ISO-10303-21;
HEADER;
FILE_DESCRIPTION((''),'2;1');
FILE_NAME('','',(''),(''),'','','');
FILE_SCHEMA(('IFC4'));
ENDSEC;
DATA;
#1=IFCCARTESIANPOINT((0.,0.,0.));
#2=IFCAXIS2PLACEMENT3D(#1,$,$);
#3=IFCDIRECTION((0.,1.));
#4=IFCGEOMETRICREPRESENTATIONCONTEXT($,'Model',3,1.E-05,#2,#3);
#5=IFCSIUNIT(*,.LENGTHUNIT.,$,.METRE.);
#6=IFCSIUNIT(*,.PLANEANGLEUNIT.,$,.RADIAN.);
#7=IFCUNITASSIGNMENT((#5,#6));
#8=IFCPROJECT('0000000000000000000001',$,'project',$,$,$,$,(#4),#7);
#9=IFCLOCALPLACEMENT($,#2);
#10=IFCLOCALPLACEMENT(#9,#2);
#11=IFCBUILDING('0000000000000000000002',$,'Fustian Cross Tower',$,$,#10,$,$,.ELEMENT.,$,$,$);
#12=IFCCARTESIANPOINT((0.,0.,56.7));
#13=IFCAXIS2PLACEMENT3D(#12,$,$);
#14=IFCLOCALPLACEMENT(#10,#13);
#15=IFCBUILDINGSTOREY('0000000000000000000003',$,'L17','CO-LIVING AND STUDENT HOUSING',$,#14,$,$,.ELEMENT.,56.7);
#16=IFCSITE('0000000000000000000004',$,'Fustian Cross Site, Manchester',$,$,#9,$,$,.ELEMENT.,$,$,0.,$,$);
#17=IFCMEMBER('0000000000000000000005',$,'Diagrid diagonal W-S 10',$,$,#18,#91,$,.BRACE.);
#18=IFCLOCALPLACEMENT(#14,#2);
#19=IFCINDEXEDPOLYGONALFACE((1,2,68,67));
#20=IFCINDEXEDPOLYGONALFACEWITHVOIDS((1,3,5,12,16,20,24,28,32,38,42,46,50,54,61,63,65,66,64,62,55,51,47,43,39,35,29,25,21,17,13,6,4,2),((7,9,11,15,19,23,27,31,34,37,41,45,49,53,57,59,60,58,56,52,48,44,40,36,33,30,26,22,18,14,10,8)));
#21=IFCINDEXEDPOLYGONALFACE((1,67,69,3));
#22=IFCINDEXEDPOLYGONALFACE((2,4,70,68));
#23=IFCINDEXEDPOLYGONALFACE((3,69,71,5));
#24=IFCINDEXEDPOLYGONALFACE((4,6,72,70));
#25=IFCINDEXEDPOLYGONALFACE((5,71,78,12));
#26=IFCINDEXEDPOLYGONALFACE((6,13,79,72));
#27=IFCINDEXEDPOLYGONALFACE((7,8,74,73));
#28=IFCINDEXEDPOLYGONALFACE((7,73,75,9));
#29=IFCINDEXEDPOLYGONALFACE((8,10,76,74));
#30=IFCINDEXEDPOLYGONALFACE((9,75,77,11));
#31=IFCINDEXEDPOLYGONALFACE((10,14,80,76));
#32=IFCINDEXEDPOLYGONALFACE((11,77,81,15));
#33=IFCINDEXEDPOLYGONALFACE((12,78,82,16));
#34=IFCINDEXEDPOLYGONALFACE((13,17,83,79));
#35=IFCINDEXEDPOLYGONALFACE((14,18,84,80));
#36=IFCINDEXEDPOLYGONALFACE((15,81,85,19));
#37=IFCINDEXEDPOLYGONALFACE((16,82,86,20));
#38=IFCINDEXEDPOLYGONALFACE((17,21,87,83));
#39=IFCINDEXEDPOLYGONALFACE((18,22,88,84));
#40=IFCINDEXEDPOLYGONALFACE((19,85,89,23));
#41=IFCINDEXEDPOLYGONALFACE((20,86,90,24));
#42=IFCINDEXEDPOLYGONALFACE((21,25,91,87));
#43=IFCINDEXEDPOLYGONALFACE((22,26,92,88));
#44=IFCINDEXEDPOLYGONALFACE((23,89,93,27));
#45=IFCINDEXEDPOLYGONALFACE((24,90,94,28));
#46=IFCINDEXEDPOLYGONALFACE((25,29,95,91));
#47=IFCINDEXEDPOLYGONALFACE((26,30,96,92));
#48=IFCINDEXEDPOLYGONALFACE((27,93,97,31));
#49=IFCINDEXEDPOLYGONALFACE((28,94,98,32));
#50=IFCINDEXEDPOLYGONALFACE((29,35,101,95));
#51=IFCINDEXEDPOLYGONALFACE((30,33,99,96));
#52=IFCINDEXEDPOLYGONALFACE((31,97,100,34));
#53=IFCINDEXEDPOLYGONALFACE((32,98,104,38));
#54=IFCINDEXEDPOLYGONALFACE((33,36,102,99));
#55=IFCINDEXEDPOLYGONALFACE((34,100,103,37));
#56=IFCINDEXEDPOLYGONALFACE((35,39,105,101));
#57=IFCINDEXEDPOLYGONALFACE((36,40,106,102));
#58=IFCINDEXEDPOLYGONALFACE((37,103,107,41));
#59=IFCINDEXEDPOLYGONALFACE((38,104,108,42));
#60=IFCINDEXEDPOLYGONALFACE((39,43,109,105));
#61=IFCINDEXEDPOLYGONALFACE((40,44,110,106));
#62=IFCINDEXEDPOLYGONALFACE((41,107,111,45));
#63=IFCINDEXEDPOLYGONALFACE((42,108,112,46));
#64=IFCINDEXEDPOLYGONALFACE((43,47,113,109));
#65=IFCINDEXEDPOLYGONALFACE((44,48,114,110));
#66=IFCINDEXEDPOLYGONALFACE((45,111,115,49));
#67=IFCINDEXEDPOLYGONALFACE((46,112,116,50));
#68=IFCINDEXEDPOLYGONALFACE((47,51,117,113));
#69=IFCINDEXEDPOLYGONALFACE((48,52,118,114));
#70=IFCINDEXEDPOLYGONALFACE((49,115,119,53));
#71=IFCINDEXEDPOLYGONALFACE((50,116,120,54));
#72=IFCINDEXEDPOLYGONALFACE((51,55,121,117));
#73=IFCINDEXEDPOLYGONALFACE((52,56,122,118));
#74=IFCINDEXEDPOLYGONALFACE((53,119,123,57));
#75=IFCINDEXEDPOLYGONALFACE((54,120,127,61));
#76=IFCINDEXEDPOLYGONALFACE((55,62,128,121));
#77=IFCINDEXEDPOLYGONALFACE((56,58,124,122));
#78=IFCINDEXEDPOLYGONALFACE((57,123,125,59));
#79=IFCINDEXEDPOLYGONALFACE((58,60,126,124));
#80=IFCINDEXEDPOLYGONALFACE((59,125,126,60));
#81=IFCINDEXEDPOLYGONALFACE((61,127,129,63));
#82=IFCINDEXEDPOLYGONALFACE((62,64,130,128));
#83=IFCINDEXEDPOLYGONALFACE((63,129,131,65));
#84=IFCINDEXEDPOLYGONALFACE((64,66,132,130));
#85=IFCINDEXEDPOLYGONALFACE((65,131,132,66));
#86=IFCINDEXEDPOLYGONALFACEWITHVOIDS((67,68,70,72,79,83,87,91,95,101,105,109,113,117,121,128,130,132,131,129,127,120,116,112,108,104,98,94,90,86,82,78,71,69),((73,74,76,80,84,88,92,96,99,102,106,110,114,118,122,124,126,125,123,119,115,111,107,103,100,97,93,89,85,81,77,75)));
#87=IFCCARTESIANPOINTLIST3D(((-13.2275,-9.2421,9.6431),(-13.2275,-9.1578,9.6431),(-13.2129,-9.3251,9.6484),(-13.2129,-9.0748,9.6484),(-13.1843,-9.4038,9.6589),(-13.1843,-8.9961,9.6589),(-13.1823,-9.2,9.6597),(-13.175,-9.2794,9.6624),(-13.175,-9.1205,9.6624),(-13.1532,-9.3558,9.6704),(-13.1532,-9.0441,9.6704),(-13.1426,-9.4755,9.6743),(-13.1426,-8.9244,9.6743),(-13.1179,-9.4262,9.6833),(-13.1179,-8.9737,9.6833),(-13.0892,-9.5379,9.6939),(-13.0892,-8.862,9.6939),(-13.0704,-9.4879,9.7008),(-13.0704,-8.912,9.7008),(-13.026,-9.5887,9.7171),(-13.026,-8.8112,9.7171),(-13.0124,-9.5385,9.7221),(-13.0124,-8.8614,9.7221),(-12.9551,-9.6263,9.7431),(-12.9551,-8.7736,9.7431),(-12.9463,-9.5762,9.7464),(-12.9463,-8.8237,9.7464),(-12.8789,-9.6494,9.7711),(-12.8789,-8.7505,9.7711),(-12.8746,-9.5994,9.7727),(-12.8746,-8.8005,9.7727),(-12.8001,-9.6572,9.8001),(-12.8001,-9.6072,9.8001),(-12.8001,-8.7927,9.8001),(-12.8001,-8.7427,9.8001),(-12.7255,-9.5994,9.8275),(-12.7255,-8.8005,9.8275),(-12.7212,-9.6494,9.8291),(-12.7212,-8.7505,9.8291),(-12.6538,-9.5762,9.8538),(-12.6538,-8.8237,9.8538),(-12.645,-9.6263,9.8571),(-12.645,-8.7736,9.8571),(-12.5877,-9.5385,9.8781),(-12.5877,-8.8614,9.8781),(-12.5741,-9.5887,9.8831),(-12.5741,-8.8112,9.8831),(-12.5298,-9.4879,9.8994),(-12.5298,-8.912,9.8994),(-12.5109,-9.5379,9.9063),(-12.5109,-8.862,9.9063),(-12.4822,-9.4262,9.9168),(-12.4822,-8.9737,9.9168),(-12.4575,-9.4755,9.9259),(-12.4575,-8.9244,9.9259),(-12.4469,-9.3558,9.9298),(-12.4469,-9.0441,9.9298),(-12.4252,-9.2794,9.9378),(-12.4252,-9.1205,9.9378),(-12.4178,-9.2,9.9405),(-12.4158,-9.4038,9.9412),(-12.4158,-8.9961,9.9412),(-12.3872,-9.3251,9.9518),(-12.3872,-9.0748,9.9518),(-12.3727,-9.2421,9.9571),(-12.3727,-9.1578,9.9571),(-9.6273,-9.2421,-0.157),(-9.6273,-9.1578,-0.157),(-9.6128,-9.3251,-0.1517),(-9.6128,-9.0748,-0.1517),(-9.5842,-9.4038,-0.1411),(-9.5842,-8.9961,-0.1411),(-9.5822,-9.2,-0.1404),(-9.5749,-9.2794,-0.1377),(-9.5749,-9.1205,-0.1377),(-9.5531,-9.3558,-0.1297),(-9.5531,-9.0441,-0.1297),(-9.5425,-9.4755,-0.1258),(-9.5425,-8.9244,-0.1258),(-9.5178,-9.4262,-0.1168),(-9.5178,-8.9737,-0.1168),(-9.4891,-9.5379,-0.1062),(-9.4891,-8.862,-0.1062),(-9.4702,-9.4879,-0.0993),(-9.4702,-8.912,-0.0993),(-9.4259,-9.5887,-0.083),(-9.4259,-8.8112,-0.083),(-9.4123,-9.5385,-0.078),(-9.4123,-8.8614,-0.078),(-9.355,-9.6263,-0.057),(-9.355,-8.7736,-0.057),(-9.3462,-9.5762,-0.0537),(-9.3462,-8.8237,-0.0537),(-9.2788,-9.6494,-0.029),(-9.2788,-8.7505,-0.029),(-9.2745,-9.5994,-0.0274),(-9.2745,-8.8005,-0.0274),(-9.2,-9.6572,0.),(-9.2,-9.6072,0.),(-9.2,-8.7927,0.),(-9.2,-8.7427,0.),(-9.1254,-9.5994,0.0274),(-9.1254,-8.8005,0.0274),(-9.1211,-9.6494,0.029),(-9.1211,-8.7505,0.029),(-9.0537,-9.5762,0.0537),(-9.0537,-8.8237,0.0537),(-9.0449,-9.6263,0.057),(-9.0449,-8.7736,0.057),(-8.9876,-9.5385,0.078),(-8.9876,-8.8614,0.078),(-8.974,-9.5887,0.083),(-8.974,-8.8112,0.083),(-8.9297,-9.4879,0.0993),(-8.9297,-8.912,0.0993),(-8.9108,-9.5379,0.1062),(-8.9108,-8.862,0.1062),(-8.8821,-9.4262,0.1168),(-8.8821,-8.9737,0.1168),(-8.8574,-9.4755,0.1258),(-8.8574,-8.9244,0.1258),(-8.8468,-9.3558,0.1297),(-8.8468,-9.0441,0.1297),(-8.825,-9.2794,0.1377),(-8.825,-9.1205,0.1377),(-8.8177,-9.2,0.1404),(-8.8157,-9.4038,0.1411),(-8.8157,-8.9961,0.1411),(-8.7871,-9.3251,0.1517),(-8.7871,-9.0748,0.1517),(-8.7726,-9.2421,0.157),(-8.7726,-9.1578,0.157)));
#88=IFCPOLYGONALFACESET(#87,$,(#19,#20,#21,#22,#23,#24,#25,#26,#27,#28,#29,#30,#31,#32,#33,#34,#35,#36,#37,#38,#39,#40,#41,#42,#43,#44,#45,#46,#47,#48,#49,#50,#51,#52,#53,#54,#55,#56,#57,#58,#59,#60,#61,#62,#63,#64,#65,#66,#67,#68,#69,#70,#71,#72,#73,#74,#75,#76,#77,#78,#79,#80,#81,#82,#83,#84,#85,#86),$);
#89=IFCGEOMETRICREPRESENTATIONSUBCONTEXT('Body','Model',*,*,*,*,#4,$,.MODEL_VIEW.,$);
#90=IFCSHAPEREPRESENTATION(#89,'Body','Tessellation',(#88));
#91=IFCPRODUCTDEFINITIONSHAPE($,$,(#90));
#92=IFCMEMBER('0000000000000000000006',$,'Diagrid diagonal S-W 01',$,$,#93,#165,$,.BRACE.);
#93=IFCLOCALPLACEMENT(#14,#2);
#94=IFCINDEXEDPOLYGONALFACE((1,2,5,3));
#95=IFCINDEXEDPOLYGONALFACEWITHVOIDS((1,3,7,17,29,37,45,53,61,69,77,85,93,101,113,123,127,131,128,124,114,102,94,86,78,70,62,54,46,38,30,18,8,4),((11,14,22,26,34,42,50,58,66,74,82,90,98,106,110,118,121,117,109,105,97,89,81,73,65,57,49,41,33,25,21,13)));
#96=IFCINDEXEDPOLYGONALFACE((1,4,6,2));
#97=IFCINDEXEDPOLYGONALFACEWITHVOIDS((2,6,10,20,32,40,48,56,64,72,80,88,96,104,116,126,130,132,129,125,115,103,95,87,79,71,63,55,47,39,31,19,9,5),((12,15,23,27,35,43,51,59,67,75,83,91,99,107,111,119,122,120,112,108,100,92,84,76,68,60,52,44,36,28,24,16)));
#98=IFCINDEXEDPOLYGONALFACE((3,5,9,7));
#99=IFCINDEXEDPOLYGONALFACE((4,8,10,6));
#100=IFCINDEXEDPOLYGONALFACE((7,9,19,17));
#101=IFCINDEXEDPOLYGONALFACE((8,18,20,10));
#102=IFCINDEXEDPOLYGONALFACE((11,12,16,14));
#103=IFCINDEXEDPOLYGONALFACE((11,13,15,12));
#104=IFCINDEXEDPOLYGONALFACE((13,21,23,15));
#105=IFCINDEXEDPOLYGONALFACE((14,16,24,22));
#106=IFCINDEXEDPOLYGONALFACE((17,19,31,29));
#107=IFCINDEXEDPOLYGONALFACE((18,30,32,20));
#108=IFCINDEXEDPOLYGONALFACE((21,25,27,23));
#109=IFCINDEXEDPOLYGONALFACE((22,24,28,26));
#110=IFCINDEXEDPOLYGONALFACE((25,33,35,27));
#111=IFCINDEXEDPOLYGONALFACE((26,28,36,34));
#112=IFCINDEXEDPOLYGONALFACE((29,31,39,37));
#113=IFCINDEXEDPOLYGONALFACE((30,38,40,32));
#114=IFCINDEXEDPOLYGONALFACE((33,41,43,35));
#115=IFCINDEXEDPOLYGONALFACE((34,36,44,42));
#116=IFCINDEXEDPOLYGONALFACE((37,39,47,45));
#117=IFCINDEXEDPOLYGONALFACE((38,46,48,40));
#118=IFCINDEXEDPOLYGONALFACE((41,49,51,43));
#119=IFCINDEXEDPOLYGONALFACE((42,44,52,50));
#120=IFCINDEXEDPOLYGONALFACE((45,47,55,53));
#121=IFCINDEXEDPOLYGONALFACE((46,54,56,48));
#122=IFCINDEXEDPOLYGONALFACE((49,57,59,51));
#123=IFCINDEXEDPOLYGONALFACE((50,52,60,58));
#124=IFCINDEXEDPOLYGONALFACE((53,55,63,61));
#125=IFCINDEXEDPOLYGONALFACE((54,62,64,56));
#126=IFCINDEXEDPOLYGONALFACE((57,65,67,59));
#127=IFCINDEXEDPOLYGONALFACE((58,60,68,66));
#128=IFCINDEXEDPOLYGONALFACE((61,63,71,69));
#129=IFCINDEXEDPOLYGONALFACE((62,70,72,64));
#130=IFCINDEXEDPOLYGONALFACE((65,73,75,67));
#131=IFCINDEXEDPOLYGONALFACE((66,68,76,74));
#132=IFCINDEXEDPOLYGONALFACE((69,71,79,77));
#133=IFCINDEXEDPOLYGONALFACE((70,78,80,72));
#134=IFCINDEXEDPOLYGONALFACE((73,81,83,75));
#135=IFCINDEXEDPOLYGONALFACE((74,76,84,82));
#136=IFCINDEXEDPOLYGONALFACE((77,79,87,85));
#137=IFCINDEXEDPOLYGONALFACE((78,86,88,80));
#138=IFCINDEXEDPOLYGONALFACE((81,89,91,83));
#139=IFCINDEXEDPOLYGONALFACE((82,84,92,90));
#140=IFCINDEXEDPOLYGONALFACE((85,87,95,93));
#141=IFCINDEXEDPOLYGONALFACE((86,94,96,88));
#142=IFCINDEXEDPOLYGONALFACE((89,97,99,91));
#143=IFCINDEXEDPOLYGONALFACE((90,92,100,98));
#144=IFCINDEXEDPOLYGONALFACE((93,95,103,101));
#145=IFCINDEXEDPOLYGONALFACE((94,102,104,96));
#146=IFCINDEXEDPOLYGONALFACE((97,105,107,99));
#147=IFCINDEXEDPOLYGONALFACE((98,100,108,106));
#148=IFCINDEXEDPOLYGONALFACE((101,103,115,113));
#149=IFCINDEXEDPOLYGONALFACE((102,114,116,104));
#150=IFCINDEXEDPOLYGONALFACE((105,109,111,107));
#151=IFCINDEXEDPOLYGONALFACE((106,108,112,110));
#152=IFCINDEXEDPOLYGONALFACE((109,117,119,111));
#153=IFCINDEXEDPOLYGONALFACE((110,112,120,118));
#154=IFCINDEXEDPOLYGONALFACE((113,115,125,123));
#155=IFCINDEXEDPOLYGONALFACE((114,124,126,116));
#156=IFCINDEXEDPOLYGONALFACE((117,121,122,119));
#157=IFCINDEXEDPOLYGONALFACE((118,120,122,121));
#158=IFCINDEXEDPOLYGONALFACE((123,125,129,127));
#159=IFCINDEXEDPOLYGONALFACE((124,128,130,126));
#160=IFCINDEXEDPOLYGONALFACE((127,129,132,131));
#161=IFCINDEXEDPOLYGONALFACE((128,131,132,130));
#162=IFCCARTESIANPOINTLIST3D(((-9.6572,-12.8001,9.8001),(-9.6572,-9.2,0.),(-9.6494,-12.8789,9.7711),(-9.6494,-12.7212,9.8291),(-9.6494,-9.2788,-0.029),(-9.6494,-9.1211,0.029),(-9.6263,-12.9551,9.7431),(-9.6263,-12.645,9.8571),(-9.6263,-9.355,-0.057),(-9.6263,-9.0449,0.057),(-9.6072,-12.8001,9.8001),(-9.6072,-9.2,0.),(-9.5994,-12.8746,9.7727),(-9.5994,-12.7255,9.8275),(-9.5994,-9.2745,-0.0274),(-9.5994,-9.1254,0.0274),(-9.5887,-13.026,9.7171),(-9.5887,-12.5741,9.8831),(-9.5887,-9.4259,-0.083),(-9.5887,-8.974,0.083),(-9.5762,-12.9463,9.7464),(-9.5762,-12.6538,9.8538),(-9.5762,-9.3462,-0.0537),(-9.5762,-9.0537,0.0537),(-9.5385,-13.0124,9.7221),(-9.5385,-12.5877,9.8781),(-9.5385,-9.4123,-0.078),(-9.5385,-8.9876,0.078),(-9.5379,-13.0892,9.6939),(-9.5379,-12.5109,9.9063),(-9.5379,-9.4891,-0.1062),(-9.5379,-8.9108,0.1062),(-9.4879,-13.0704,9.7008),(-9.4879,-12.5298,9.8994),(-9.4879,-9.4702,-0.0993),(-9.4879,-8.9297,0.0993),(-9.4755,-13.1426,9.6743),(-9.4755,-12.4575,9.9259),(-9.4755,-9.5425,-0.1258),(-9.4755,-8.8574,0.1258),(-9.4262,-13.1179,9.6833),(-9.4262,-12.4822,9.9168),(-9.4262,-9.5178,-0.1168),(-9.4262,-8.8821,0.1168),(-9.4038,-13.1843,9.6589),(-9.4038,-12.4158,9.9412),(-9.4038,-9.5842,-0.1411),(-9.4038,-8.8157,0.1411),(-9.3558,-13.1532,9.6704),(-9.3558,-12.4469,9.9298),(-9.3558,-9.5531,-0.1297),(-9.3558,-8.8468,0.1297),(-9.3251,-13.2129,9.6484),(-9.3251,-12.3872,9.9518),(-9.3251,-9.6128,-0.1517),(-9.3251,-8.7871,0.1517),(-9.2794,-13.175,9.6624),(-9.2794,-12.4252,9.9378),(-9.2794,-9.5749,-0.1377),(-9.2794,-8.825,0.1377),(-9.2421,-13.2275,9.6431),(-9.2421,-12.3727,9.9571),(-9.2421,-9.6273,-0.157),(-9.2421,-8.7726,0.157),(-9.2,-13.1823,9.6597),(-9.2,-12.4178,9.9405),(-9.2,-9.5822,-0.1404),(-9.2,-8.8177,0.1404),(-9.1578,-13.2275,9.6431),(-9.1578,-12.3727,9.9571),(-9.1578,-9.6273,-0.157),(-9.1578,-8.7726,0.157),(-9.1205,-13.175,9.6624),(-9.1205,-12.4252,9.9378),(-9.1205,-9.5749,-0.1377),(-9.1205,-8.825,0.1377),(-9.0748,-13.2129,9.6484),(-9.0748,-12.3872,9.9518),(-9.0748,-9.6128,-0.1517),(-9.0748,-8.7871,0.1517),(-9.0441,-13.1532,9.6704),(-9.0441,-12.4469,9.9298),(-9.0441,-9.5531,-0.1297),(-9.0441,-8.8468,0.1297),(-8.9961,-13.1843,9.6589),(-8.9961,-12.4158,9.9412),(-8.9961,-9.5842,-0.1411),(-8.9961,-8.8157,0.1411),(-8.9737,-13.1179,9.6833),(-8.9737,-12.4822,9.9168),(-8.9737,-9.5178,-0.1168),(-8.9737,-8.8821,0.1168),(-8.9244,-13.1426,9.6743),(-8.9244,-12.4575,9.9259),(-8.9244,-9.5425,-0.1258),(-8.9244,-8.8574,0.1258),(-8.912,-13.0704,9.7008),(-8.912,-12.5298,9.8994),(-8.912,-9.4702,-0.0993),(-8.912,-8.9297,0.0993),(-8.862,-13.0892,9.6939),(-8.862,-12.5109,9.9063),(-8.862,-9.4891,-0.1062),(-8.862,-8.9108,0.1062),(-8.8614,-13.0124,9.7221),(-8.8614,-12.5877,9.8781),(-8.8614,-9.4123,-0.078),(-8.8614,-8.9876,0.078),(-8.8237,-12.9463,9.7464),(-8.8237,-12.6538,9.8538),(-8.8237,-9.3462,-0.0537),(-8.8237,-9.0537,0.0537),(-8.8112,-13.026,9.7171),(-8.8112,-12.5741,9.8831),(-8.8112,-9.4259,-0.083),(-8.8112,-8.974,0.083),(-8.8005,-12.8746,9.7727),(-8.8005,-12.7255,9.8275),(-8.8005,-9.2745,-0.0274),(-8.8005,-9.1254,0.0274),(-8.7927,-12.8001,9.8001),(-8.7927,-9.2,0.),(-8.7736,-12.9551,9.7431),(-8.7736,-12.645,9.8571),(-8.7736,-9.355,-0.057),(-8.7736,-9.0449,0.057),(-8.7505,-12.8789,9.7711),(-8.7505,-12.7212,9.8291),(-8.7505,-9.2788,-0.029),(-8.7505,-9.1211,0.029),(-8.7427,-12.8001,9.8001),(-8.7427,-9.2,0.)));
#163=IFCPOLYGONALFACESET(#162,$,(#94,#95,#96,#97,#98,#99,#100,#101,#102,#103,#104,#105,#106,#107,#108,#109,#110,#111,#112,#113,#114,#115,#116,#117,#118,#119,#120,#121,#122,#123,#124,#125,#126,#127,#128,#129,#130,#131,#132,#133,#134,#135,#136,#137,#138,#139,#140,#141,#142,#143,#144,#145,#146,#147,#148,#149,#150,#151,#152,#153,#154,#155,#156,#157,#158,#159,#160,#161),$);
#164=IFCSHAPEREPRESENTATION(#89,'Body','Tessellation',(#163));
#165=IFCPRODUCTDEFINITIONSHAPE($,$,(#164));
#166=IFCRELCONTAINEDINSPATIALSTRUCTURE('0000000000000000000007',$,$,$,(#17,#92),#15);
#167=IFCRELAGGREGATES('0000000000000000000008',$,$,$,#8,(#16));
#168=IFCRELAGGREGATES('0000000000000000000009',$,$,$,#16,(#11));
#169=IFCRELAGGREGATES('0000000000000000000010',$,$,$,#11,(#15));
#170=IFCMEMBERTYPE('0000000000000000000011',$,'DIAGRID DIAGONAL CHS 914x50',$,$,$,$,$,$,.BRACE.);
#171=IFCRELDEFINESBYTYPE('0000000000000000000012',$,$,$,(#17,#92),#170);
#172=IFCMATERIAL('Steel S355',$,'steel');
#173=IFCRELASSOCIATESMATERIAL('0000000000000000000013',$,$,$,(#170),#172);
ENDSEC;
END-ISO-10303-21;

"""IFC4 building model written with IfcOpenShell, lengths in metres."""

from ifc_helpers import new_model, si_unit, direction, frame, origin, origin_2d, place, context, subcontext, project, spatial, hollow_circle, extrude, material, material_profile, profile_set, type_object, element, save


model = new_model("IFC4")

# Units and contexts
model_context = context("Model", 3, precision=1e-05, world=origin(), true_north=direction((0.0, 1.0)))
body_context = subcontext(model_context, "Body", "Model", "MODEL_VIEW")
ifc_project = project(units=[si_unit("LENGTHUNIT", "METRE"), si_unit("PLANEANGLEUNIT", "RADIAN")], contexts=[model_context])

# Site, building, storey
site_placement = place(None, origin())
site = spatial("IfcSite", under=ifc_project, at=site_placement, Name="Fustian Cross Site, Manchester", CompositionType="ELEMENT", RefElevation=0.0)
building_placement = place(site_placement, origin())
building = spatial("IfcBuilding", under=site, at=building_placement, Name="Fustian Cross Tower", CompositionType="ELEMENT")
storey_placement = place(building_placement, frame((0.0, 0.0, 56.7)))
storey = spatial("IfcBuildingStorey", under=building, at=storey_placement, Name="L17", Description="CO-LIVING AND STUDENT HOUSING", CompositionType="ELEMENT", Elevation=56.7)

# Members
ifc_material_1 = material(Name="Steel S355", Category="steel")
ifc_material_profile_1 = material_profile(ifc_material_1, hollow_circle(Radius=0.4573, WallThickness=0.05, at=origin_2d()), Name="CHS 914x50")
ifc_profile_set_1 = profile_set([ifc_material_profile_1], Name="Steel S355")
member_type_1 = type_object("IfcMemberType", Name="DIAGRID DIAGONAL CHS 914x50", PredefinedType="BRACE", material=ifc_profile_set_1)
for number, where, z_axis, x_axis, name in (
    (1, (-9.2, -9.2, 0.0), (-0.344824, 0.0, 0.938667), (0.0, -1.0, 0.0), "Diagrid diagonal W-S 10"),
    (2, (-9.2, -9.2, 0.0), (0.0, -0.344824, 0.938667), (1.0, 0.0, 0.0), "Diagrid diagonal S-W 01"),
):
    element("IfcMember", number, at=place(storey_placement, frame(where, z_axis=z_axis, x_axis=x_axis)), inside=storey, type_object=member_type_1, Name=name, PredefinedType="BRACE", context=body_context, shape_type="SweptSolid", body=[
        extrude(hollow_circle(Radius=0.4573, WallThickness=0.05, at=origin_2d()), origin(), (0.0, 0.0, 1.0), 10.4404),
    ])

save(model, "model.ifc")
